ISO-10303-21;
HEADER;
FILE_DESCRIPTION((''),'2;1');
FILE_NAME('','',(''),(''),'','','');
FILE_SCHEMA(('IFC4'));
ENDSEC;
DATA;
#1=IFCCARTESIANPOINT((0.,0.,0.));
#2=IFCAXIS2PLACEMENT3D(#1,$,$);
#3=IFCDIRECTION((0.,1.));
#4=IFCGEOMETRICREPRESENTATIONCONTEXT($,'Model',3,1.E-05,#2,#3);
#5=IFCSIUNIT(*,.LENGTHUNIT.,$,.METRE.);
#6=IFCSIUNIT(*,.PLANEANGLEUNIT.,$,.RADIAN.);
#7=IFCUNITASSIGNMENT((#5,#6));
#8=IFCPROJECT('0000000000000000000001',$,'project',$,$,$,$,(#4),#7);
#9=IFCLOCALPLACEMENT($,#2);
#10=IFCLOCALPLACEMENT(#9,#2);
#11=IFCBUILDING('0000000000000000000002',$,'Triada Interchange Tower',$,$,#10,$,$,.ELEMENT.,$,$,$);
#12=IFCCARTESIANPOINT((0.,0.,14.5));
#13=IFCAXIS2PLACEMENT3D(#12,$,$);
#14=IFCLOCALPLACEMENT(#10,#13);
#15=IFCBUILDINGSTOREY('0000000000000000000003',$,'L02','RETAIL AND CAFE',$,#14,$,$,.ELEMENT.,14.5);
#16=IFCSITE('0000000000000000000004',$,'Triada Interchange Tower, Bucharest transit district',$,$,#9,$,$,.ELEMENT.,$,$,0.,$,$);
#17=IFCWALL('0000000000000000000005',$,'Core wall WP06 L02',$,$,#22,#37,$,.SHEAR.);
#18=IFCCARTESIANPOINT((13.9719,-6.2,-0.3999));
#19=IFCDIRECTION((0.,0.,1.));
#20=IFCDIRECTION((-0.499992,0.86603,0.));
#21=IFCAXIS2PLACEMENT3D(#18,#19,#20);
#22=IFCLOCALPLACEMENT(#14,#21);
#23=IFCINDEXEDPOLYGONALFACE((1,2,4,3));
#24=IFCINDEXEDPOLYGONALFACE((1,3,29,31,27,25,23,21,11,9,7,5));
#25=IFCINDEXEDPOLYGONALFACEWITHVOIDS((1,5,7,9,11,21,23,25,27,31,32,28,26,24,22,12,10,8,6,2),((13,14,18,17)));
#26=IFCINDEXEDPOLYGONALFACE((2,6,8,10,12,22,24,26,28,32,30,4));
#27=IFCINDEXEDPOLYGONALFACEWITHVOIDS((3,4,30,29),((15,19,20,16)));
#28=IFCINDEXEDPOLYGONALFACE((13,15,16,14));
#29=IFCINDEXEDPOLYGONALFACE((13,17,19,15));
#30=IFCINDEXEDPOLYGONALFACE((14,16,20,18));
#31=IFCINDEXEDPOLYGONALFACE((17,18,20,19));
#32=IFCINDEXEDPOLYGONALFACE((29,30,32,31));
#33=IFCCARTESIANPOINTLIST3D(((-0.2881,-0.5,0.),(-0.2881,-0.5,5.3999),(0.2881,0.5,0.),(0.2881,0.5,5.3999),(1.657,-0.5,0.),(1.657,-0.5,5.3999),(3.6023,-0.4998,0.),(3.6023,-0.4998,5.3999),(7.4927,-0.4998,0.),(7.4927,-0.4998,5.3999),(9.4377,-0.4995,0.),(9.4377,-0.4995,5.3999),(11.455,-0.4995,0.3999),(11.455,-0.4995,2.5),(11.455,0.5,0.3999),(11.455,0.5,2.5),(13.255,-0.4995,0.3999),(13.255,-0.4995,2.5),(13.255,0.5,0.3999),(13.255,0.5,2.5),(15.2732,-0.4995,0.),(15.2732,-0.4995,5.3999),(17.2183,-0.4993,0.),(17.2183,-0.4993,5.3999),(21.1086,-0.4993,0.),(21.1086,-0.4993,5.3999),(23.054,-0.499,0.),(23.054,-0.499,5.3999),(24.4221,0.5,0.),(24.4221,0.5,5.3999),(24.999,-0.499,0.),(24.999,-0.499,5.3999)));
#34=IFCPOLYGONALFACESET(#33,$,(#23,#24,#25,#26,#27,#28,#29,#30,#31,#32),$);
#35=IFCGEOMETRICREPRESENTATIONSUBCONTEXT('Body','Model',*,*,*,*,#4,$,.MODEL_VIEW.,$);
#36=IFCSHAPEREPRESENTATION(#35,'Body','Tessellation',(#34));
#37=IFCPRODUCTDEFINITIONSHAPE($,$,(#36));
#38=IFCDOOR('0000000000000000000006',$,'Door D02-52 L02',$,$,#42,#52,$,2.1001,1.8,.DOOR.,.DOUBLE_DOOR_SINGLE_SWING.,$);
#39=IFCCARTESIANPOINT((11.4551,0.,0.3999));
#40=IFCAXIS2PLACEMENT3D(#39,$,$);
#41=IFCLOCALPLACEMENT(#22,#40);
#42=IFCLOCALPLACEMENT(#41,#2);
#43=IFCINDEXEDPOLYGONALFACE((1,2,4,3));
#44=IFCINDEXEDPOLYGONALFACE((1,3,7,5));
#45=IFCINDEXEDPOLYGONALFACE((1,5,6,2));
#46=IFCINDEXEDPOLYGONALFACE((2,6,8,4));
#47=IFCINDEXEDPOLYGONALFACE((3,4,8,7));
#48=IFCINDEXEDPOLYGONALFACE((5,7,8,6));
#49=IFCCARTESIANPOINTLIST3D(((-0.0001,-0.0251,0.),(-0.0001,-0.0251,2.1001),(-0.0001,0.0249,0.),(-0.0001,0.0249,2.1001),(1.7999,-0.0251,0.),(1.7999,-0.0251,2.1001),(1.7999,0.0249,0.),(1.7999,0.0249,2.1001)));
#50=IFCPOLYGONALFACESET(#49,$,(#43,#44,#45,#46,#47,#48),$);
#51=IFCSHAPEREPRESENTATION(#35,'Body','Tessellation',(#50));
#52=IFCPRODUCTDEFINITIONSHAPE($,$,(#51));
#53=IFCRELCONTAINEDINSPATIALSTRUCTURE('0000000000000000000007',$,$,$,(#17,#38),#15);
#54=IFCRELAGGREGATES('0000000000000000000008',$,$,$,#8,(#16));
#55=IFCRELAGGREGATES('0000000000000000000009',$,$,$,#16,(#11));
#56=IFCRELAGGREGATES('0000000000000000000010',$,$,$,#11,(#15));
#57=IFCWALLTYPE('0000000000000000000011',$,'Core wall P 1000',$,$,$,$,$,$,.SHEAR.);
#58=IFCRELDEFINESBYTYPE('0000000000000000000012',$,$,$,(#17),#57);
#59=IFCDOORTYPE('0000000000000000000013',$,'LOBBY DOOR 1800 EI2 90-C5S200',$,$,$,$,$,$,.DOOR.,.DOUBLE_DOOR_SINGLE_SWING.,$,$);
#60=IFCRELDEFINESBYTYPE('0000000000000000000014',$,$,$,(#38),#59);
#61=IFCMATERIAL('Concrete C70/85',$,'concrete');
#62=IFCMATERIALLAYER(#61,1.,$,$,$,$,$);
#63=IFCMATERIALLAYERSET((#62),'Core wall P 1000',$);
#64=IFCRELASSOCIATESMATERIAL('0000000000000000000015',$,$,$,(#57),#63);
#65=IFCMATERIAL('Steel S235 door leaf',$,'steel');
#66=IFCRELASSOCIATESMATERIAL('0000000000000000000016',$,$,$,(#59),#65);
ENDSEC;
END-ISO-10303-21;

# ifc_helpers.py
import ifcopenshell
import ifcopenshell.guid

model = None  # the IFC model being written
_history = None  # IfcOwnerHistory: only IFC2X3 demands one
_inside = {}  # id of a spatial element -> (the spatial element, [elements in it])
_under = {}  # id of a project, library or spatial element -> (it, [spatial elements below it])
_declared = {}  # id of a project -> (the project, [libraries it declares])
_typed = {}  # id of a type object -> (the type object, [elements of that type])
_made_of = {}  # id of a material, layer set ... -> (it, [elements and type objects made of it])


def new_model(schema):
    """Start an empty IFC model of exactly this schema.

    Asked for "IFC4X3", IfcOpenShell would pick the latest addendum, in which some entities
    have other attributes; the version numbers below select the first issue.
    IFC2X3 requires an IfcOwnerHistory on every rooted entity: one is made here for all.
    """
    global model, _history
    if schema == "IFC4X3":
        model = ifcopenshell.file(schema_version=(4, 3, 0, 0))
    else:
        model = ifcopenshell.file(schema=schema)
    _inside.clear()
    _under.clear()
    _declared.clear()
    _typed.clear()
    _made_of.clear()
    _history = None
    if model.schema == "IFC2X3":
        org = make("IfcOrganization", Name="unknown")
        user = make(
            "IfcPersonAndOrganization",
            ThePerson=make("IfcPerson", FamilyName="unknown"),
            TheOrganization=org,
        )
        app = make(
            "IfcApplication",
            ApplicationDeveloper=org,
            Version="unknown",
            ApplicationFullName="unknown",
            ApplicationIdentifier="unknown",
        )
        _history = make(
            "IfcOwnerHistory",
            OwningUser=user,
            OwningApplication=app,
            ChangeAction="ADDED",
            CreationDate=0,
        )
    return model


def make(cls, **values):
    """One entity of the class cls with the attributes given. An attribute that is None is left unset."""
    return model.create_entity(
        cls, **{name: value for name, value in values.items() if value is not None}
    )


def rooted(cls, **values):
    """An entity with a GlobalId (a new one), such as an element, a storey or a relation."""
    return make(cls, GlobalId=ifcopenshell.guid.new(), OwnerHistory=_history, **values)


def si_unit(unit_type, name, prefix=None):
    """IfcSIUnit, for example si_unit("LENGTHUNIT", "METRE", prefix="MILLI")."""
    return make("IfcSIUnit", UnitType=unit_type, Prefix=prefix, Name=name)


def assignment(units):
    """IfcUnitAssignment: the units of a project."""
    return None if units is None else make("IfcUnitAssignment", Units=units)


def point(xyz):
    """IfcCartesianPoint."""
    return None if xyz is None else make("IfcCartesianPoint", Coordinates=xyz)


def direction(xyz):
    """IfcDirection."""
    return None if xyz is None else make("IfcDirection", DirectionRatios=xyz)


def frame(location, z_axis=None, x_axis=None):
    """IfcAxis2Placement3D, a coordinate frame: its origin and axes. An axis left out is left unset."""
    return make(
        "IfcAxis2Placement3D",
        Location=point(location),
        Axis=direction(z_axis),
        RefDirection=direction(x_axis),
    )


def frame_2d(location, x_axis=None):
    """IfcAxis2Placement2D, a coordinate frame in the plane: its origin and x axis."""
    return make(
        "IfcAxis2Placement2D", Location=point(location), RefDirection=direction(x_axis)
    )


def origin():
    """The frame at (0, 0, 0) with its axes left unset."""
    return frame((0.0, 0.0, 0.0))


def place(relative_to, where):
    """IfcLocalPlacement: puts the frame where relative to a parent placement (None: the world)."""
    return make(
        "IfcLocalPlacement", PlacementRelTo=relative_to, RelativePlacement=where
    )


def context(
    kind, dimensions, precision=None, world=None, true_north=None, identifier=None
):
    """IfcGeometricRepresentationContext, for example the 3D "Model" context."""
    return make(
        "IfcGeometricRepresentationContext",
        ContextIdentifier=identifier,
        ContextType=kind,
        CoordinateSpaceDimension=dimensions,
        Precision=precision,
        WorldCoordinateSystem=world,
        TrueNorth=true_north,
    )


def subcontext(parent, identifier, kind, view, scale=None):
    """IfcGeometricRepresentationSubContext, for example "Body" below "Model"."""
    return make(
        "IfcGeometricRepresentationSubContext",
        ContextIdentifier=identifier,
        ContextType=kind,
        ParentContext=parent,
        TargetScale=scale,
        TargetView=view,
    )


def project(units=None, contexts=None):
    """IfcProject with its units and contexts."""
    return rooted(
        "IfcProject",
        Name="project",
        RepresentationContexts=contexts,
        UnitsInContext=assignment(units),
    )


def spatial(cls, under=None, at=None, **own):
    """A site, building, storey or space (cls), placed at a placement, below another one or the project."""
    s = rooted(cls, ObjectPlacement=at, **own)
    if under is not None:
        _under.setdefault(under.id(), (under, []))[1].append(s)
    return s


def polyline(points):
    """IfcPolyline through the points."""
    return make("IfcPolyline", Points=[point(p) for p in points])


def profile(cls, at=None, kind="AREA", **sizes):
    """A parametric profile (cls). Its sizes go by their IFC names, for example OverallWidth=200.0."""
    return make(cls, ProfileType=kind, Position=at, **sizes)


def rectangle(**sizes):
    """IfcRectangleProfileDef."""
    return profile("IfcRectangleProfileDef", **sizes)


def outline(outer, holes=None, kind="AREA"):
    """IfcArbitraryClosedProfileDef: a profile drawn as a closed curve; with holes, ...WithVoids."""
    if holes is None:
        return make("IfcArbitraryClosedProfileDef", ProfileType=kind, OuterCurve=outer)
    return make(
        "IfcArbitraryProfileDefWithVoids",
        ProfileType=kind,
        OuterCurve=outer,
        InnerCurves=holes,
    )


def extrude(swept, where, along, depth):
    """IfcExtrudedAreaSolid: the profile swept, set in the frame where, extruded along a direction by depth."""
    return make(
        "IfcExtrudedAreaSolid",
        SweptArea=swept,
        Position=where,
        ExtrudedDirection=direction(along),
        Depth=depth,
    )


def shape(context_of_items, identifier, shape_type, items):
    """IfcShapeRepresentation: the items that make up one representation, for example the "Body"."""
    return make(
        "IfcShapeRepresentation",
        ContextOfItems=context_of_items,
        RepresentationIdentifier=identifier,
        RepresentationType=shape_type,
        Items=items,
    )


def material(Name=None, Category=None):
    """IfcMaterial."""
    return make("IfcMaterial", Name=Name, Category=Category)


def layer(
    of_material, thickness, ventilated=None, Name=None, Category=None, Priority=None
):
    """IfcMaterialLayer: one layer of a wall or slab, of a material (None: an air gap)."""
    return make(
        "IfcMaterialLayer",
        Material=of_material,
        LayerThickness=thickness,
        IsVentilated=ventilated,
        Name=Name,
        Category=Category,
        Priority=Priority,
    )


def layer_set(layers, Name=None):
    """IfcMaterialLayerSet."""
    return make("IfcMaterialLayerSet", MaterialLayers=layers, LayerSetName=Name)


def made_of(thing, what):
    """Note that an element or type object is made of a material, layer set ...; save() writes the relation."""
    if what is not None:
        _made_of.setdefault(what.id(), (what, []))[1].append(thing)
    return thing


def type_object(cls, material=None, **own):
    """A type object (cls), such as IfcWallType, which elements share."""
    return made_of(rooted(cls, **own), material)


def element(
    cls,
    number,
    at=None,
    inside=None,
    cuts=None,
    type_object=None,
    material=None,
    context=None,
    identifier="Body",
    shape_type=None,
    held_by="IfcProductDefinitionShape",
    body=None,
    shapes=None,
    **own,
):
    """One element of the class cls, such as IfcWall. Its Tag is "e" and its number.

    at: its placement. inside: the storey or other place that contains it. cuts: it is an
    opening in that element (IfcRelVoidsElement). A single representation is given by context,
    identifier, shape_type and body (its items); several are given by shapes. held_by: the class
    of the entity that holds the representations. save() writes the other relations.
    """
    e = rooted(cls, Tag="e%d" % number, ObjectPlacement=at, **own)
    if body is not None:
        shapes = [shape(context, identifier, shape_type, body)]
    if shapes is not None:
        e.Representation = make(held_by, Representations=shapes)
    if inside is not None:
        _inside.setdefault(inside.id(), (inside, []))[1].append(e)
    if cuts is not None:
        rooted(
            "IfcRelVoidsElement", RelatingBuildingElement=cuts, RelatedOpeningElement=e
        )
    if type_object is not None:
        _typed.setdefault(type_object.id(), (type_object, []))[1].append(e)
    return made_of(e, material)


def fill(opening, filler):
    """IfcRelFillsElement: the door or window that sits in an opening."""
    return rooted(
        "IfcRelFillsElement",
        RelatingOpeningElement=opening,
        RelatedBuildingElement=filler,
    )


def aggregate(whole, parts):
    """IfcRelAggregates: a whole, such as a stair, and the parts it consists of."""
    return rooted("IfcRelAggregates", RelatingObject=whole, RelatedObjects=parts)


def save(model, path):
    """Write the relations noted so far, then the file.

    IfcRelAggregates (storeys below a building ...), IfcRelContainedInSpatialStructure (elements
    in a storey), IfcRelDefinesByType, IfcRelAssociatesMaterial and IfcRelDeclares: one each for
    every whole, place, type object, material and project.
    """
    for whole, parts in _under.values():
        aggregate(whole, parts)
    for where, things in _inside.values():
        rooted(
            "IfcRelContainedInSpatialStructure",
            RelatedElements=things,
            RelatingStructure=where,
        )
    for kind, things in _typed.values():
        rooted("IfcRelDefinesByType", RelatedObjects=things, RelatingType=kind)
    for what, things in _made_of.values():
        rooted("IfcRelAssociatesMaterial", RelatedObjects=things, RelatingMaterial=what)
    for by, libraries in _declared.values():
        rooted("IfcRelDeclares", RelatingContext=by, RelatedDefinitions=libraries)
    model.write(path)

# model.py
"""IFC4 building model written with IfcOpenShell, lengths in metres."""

from ifc_helpers import new_model, si_unit, direction, frame, frame_2d, origin, place, context, subcontext, project, spatial, polyline, rectangle, outline, extrude, material, layer, layer_set, type_object, element, fill, save


model = new_model("IFC4")

# Units and contexts
model_context = context("Model", 3, precision=1e-05, world=origin(), true_north=direction((0.0, 1.0)))
body_context = subcontext(model_context, "Body", "Model", "MODEL_VIEW")
ifc_project = project(units=[si_unit("LENGTHUNIT", "METRE"), si_unit("PLANEANGLEUNIT", "RADIAN")], contexts=[model_context])

# Site, building, storey
site_placement = place(None, origin())
site = spatial("IfcSite", under=ifc_project, at=site_placement, Name="Triada Interchange Tower, Bucharest transit district", CompositionType="ELEMENT", RefElevation=0.0)
building_placement = place(site_placement, origin())
building = spatial("IfcBuilding", under=site, at=building_placement, Name="Triada Interchange Tower", CompositionType="ELEMENT")
storey_placement = place(building_placement, frame((0.0, 0.0, 14.5)))
storey = spatial("IfcBuildingStorey", under=building, at=storey_placement, Name="L02", Description="RETAIL AND CAFE", CompositionType="ELEMENT", Elevation=14.5)

# Wall, opening, door
ifc_material_1 = material(Name="Steel S235 door leaf", Category="steel")
ifc_material_2 = material(Name="Concrete C70/85", Category="concrete")
ifc_layer_1 = layer(ifc_material_2, 1.0)
ifc_layer_set_1 = layer_set([ifc_layer_1], Name="Core wall P 1000")
wall_type_1 = type_object("IfcWallType", Name="Core wall P 1000", PredefinedType="SHEAR", material=ifc_layer_set_1)
wall_1_placement = place(storey_placement, frame((13.9719, -6.2, -0.3999), z_axis=(0.0, 0.0, 1.0), x_axis=(-0.499992, 0.86603, 0.0)))
wall_1 = element("IfcWall", 1, at=wall_1_placement, inside=storey, type_object=wall_type_1, Name="Core wall WP06 L02", PredefinedType="SHEAR", context=body_context, shape_type="SweptSolid", body=[
    extrude(outline(polyline([(-0.2881, -0.5), (1.657, -0.5), (3.6023, -0.4998), (5.5474, -0.4998), (7.4927, -0.4998), (9.4377, -0.4995), (11.3828, -0.4995), (13.3281, -0.4995), (15.2732, -0.4995), (17.2183, -0.4993), (19.1636, -0.4993), (21.1086, -0.4993), (23.054, -0.499), (24.999, -0.499), (24.4221, 0.5), (22.5657, 0.5), (20.7092, 0.5), (18.8528, 0.5), (16.9963, 0.5), (15.1399, 0.5), (13.2834, 0.5), (11.4268, 0.5), (9.5703, 0.5), (7.7139, 0.5), (5.8574, 0.5), (4.001, 0.5), (2.1445, 0.5), (0.2881, 0.5), (-0.2881, -0.5)])), origin(), (0.0, 0.0, 1.0), 5.3999),
])
opening_1_placement = place(wall_1_placement, frame((11.4551, 0.0, 0.3999)))
opening_1 = element("IfcOpeningElement", 2, at=opening_1_placement, cuts=wall_1, PredefinedType="OPENING", context=body_context, shape_type="SweptSolid", body=[
    extrude(rectangle(XDim=1.8, YDim=2.1001, at=frame_2d((0.8999, 1.05))), frame((0.0, 0.51, 0.0), z_axis=(0.0, -1.0, 0.0), x_axis=(1.0, 0.0, 0.0)), (0.0, 0.0, 1.0), 1.02),
])
door_type_1 = type_object("IfcDoorType", Name="LOBBY DOOR 1800 EI2 90-C5S200", OperationType="DOUBLE_DOOR_SINGLE_SWING", PredefinedType="DOOR", material=ifc_material_1)
door_1_placement = place(opening_1_placement, origin())
door_1 = element("IfcDoor", 3, at=door_1_placement, inside=storey, type_object=door_type_1, Name="Door D02-52 L02", OperationType="DOUBLE_DOOR_SINGLE_SWING", OverallHeight=2.1001, OverallWidth=1.8, PredefinedType="DOOR", context=body_context, shape_type="SweptSolid", body=[
    extrude(rectangle(XDim=1.8, YDim=2.1001, at=frame_2d((0.8999, 1.05))), frame((0.0, 0.0249, 0.0), z_axis=(0.0, -1.0, 0.0), x_axis=(1.0, 0.0, 0.0)), (0.0, 0.0, 1.0), 0.05),
])
fill(opening_1, door_1)

save(model, "model.ifc")
